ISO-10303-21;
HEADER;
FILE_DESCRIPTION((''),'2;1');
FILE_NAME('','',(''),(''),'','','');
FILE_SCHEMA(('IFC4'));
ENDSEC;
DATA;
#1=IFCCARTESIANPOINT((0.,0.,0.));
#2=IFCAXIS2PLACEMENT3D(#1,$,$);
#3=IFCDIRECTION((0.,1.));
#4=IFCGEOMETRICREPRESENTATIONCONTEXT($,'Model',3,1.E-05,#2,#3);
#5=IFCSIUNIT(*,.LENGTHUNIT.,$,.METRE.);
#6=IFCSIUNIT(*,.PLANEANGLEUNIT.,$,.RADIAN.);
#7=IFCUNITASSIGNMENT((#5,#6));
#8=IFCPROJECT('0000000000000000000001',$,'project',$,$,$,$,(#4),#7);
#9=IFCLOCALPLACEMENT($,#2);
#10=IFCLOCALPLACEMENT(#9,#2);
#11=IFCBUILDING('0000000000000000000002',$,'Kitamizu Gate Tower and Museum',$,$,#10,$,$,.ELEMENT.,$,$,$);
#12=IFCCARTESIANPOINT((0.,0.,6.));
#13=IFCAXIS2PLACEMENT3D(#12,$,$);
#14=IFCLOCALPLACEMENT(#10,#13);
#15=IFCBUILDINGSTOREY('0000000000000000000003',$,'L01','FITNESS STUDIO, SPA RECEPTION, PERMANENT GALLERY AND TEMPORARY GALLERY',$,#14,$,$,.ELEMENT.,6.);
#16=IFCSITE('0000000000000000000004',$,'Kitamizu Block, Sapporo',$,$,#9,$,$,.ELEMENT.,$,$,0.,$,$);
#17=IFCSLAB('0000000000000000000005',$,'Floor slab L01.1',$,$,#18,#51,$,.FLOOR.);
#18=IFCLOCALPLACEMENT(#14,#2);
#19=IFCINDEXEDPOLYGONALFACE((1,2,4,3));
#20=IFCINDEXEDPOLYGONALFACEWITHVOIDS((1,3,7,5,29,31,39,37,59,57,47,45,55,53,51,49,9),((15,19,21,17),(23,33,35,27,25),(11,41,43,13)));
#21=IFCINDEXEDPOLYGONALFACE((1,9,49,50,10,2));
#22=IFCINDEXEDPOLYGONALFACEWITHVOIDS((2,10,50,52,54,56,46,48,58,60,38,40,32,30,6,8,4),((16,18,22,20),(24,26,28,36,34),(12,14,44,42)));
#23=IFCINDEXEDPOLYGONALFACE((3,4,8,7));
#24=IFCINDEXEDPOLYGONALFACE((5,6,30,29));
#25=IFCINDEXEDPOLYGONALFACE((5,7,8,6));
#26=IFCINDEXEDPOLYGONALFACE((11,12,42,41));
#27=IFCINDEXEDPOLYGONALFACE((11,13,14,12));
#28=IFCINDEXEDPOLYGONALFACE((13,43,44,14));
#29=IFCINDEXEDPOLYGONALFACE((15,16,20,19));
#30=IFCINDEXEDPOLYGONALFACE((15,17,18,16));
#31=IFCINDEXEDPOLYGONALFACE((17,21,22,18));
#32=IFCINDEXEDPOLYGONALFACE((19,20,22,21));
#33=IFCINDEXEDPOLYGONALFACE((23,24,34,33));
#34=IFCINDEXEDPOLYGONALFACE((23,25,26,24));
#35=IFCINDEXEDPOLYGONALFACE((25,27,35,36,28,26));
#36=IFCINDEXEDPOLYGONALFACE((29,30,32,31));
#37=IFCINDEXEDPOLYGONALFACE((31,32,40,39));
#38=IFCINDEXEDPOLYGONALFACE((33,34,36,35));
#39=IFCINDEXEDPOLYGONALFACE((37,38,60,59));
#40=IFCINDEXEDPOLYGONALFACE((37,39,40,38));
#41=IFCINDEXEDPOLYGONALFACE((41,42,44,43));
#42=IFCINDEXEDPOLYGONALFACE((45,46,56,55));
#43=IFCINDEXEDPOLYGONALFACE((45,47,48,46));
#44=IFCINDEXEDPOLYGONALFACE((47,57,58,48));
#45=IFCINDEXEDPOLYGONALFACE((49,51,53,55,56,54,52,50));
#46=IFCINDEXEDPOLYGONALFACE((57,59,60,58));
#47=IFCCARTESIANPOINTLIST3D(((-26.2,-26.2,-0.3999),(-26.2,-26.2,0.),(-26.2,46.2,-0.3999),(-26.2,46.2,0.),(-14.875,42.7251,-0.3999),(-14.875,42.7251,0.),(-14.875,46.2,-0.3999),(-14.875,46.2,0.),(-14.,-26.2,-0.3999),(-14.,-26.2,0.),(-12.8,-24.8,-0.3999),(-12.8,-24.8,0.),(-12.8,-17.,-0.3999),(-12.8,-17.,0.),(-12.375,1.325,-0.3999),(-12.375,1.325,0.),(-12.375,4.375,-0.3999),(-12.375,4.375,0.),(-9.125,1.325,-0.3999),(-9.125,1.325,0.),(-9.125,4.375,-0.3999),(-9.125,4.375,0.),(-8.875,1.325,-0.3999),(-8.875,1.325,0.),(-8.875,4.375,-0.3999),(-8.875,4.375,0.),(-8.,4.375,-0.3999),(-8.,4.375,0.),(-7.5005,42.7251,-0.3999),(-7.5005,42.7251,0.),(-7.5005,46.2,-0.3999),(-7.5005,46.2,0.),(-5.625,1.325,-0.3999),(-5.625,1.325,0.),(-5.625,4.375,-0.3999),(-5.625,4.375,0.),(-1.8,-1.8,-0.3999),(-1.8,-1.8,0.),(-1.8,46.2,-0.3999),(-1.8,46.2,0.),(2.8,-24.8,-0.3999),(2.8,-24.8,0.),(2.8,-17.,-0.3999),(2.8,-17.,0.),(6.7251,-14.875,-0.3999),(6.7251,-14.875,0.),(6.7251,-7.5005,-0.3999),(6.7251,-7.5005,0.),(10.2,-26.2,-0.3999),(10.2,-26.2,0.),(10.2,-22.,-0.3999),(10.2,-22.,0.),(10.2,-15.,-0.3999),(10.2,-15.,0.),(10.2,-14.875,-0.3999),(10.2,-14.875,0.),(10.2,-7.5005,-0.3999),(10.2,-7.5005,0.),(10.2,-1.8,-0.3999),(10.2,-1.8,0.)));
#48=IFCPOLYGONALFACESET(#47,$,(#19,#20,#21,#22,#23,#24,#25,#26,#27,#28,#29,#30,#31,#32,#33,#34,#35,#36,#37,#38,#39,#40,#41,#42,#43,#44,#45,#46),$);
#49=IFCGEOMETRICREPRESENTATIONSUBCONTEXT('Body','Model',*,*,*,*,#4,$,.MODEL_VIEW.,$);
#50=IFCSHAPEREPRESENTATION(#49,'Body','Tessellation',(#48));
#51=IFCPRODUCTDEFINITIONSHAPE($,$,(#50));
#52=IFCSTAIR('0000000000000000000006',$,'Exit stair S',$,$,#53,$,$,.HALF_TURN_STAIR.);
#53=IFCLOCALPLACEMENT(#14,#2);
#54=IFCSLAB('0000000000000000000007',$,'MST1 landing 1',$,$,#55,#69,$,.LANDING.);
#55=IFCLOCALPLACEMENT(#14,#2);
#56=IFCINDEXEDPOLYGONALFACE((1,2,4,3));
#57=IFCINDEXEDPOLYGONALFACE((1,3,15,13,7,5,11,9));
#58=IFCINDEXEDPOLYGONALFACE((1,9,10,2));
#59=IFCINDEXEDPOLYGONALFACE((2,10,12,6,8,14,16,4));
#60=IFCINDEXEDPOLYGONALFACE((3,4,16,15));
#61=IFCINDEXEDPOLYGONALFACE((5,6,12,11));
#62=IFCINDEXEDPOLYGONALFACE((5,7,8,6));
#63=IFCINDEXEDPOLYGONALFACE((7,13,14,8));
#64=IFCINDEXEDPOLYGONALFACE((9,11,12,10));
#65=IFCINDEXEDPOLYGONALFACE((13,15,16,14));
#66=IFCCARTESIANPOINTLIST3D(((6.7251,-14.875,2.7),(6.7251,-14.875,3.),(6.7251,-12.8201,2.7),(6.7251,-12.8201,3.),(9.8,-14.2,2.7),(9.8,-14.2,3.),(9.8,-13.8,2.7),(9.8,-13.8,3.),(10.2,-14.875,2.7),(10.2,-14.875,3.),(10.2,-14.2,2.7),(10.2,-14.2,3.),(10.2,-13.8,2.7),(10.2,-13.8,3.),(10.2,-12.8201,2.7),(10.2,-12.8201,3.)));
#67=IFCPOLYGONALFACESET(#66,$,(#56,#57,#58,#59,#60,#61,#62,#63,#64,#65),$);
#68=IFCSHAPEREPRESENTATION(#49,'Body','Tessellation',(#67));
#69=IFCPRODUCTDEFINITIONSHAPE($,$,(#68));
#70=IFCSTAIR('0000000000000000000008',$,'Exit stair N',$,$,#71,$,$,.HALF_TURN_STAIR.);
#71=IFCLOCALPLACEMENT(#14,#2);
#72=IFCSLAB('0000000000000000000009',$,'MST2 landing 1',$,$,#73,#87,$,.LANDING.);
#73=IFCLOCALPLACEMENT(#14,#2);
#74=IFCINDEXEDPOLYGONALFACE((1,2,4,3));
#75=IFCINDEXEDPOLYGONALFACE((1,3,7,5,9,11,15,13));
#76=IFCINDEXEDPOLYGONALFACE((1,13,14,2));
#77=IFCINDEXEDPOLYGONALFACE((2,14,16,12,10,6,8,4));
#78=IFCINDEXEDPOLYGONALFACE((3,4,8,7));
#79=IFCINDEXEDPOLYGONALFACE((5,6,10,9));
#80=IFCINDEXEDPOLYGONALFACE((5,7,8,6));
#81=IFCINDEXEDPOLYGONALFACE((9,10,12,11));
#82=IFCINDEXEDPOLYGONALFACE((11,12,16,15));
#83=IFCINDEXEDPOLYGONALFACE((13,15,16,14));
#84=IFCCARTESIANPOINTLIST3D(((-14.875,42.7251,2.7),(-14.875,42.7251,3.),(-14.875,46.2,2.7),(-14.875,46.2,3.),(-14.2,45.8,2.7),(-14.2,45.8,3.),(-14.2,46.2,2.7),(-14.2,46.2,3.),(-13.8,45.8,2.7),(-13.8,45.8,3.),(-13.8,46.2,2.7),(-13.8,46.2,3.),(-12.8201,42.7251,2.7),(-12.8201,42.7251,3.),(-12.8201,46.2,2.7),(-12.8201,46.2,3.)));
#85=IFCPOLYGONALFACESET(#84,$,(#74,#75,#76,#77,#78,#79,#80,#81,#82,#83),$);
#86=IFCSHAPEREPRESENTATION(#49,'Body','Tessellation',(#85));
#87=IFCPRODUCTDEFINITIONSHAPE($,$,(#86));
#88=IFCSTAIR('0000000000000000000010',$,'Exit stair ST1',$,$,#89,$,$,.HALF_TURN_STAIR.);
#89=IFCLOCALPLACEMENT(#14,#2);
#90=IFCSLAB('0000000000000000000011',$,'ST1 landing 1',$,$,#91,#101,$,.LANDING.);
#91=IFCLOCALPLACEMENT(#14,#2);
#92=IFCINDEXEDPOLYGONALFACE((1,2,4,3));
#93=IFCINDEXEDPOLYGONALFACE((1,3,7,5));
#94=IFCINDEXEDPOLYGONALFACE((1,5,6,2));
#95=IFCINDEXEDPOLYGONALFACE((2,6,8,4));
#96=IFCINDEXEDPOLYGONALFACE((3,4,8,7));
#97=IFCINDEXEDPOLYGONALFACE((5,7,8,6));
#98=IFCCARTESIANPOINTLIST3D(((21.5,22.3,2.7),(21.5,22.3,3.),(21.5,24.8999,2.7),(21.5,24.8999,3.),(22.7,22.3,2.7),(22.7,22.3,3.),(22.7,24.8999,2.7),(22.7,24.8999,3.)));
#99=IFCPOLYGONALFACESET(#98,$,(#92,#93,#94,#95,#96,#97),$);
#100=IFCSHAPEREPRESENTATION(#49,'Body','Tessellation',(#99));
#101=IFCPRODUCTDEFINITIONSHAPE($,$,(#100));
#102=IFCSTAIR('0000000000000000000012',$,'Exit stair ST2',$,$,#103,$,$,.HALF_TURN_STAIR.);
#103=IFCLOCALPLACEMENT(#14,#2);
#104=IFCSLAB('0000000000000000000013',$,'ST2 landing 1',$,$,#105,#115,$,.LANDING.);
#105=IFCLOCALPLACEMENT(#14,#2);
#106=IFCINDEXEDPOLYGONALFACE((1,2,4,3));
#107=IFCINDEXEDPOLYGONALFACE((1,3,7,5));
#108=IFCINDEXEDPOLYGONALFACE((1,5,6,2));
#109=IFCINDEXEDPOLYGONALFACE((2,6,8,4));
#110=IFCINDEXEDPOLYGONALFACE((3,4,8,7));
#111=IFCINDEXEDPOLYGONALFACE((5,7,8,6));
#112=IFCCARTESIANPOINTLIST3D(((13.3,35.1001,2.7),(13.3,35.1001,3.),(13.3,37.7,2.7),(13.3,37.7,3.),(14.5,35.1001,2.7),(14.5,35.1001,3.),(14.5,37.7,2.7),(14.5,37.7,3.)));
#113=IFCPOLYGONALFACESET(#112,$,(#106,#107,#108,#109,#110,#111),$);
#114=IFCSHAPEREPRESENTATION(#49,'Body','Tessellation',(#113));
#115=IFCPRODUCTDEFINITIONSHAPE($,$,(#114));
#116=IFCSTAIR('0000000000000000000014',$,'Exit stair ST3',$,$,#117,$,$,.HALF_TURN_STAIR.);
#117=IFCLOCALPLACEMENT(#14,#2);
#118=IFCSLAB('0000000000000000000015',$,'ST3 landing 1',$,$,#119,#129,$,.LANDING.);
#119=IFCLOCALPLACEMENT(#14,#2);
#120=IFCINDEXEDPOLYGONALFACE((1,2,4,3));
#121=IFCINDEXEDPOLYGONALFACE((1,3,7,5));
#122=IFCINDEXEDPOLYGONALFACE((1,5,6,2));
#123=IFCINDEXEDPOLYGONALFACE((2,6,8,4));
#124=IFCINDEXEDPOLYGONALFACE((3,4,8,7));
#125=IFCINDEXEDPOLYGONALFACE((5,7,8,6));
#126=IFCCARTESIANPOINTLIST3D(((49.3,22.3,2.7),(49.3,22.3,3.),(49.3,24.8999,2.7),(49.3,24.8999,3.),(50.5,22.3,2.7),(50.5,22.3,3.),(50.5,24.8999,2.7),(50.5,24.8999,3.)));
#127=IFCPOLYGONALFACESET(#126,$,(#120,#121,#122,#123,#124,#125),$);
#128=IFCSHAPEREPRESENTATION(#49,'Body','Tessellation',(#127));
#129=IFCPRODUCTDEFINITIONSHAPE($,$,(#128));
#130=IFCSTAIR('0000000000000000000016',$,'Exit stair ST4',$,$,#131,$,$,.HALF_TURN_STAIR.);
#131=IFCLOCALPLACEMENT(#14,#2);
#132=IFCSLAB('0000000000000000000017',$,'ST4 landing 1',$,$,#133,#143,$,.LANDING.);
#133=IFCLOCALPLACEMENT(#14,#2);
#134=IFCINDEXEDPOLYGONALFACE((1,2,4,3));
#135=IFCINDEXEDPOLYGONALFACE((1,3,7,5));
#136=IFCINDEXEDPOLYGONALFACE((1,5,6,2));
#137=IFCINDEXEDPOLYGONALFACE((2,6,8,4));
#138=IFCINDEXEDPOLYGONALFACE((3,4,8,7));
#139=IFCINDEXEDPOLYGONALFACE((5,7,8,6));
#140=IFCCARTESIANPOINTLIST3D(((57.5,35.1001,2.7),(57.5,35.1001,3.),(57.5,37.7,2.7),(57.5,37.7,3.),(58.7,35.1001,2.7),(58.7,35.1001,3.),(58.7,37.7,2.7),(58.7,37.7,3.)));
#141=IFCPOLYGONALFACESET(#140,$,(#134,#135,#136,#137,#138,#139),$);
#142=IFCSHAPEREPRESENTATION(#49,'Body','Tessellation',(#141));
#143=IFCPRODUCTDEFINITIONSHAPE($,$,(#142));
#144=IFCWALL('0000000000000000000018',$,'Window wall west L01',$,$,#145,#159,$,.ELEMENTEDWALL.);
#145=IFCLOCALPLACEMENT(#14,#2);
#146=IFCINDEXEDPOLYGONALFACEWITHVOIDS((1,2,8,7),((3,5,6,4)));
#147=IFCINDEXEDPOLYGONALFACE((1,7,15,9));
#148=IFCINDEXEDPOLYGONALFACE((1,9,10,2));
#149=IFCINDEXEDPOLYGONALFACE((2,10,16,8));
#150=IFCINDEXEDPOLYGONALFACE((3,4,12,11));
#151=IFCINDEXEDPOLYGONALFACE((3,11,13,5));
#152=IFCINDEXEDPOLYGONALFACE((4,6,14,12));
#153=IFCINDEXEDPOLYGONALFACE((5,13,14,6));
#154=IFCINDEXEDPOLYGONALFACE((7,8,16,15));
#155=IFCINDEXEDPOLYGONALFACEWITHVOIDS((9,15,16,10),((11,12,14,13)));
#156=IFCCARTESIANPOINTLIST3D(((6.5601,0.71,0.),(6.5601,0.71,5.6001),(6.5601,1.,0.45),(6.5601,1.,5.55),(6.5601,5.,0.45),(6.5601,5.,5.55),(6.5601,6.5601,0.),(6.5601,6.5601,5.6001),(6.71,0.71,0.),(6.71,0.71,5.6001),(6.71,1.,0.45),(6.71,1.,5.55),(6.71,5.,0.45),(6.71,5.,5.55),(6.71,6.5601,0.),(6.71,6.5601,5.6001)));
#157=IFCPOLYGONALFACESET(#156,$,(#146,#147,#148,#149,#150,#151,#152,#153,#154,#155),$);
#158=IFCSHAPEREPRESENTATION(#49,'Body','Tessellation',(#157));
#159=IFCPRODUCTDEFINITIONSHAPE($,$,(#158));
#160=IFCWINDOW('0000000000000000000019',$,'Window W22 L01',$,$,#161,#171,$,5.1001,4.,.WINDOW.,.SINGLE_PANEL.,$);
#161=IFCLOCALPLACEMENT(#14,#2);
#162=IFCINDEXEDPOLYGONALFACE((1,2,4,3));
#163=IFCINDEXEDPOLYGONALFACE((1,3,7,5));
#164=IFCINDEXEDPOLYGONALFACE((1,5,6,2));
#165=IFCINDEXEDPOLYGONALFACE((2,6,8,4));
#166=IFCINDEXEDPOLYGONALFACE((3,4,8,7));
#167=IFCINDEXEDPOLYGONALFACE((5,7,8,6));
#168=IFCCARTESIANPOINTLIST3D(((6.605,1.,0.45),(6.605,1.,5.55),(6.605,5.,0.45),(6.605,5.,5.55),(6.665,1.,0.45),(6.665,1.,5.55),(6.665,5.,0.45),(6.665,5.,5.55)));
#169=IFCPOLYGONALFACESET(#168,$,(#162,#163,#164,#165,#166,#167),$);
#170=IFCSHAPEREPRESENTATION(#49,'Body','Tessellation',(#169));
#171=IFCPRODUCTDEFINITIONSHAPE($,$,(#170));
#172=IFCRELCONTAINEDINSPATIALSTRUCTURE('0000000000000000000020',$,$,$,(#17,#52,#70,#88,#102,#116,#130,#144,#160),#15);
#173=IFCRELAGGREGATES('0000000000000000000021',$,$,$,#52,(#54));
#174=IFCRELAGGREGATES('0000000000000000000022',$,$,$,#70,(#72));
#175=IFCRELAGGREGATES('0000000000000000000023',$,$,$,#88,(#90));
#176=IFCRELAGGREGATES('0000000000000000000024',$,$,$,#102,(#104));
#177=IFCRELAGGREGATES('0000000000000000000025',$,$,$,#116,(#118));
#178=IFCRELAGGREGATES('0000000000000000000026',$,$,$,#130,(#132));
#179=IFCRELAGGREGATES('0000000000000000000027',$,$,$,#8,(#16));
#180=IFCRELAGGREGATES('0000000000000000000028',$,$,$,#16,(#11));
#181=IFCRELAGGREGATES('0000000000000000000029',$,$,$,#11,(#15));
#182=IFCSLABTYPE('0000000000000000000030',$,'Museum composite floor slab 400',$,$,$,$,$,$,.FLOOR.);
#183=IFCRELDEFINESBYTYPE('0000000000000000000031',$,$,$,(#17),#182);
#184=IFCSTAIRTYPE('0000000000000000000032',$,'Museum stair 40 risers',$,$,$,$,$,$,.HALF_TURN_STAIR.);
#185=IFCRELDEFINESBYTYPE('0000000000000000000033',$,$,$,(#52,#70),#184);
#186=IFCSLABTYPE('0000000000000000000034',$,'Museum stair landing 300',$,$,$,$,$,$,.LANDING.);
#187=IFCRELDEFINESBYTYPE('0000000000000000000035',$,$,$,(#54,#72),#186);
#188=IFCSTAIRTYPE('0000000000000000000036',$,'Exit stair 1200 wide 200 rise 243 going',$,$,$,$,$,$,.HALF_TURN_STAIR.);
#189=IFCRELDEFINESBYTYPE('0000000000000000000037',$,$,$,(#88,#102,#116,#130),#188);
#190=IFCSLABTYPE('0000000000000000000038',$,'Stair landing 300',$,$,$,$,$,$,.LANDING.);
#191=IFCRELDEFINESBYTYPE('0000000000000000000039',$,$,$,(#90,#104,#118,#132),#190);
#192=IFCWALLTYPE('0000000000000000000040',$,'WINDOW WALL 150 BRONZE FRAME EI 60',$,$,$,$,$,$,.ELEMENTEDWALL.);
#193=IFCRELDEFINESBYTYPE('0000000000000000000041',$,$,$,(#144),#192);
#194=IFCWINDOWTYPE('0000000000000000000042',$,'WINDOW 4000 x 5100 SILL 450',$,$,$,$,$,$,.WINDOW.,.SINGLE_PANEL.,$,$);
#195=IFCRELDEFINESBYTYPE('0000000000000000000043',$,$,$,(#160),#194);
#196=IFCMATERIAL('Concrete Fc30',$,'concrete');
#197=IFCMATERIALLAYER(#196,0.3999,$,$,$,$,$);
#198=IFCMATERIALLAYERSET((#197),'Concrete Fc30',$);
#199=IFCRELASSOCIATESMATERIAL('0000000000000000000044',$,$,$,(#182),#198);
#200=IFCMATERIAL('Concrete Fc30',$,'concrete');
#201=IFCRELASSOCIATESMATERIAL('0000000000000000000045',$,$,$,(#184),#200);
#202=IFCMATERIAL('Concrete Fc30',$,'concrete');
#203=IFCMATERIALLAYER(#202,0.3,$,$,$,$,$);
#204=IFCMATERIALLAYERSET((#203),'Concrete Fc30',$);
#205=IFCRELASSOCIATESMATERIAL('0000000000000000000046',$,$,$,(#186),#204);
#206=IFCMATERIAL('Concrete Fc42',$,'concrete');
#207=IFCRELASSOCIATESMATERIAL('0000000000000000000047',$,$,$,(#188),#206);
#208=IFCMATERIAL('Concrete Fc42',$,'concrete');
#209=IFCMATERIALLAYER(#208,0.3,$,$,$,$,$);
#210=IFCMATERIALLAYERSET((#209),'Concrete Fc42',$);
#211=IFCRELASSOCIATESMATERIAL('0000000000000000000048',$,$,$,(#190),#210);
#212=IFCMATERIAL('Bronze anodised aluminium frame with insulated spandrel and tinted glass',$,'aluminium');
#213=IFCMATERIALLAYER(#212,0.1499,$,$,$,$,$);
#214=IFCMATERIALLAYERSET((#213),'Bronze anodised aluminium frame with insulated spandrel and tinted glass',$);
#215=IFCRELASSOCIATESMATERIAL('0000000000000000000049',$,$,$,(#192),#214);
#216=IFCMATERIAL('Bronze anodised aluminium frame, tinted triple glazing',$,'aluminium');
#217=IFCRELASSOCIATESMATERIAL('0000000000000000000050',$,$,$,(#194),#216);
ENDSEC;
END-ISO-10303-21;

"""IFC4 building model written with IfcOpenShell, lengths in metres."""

from ifc_helpers import new_model, si_unit, direction, frame, frame_2d, origin, place, context, subcontext, project, spatial, polyline, rectangle, outline, extrude, material, layer, layer_set, type_object, element, fill, aggregate, save


model = new_model("IFC4")

# Units and contexts
model_context = context("Model", 3, precision=1e-05, world=origin(), true_north=direction((0.0, 1.0)))
body_context = subcontext(model_context, "Body", "Model", "MODEL_VIEW")
ifc_project = project(units=[si_unit("LENGTHUNIT", "METRE"), si_unit("PLANEANGLEUNIT", "RADIAN")], contexts=[model_context])

# Site, building, storey
site_placement = place(None, origin())
site = spatial("IfcSite", under=ifc_project, at=site_placement, Name="Kitamizu Block, Sapporo", CompositionType="ELEMENT", RefElevation=0.0)
building_placement = place(site_placement, origin())
building = spatial("IfcBuilding", under=site, at=building_placement, Name="Kitamizu Gate Tower and Museum", CompositionType="ELEMENT")
storey_placement = place(building_placement, frame((0.0, 0.0, 6.0)))
storey = spatial("IfcBuildingStorey", under=building, at=storey_placement, Name="L01", Description="FITNESS STUDIO, SPA RECEPTION, PERMANENT GALLERY AND TEMPORARY GALLERY", CompositionType="ELEMENT", Elevation=6.0)

# Slab
ifc_material_1 = material(Name="Concrete Fc30", Category="concrete")
ifc_layer_1 = layer(ifc_material_1, 0.3999)
ifc_layer_set_1 = layer_set([ifc_layer_1], Name="Concrete Fc30")
slab_type_1 = type_object("IfcSlabType", Name="Museum composite floor slab 400", PredefinedType="FLOOR", material=ifc_layer_set_1)
slab_1_placement = place(storey_placement, frame((0.0, 0.0, -0.3999)))
element("IfcSlab", 1, at=slab_1_placement, inside=storey, type_object=slab_type_1, Name="Floor slab L01.1", PredefinedType="FLOOR", context=body_context, shape_type="SweptSolid", body=[
    extrude(outline(polyline([(-14.875, 42.7251), (-7.5005, 42.7251), (-7.5005, 46.2), (-1.8, 46.2), (-1.8, -1.8), (10.2, -1.8), (10.2, -7.5005), (6.7251, -7.5005), (6.7251, -14.875), (10.2, -14.875), (10.2, -15.0), (10.2, -22.0), (10.2, -26.2), (-14.0, -26.2), (-26.2, -26.2), (-26.2, 46.2), (-14.875, 46.2), (-14.875, 42.7251)]), holes=[polyline([(2.8, -24.8), (2.8, -17.0), (-12.8, -17.0), (-12.8, -24.8), (2.8, -24.8)]), polyline([(-8.875, 1.325), (-5.625, 1.325), (-5.625, 4.375), (-8.0, 4.375), (-8.875, 4.375), (-8.875, 1.325)]), polyline([(-12.375, 1.325), (-9.125, 1.325), (-9.125, 4.375), (-12.375, 4.375), (-12.375, 1.325)])]), origin(), (0.0, 0.0, 1.0), 0.3999),
])

# Stairs, slabs
ifc_material_2 = material(Name="Concrete Fc30", Category="concrete")
stair_type_1 = type_object("IfcStairType", Name="Museum stair 40 risers", PredefinedType="HALF_TURN_STAIR", material=ifc_material_2)
stair_1_placement = place(storey_placement, origin())
stair_1 = element("IfcStair", 2, at=stair_1_placement, inside=storey, type_object=stair_type_1, Name="Exit stair S", PredefinedType="HALF_TURN_STAIR")
ifc_material_3 = material(Name="Concrete Fc30", Category="concrete")
ifc_layer_2 = layer(ifc_material_3, 0.3)
ifc_layer_set_2 = layer_set([ifc_layer_2], Name="Concrete Fc30")
slab_type_2 = type_object("IfcSlabType", Name="Museum stair landing 300", PredefinedType="LANDING", material=ifc_layer_set_2)
slab_2_placement = place(storey_placement, frame((0.0, 0.0, 2.7)))
slab_2 = element("IfcSlab", 3, at=slab_2_placement, type_object=slab_type_2, Name="MST1 landing 1", PredefinedType="LANDING", context=body_context, shape_type="SweptSolid", body=[
    extrude(outline(polyline([(10.2, -14.875), (6.7251, -14.875), (6.7251, -12.8201), (10.2, -12.8201), (10.2, -13.8), (9.8, -13.8), (9.8, -14.2), (10.2, -14.2), (10.2, -14.875)])), origin(), (0.0, 0.0, 1.0), 0.3),
])
aggregate(stair_1, [slab_2])
stair_2_placement = place(storey_placement, origin())
stair_2 = element("IfcStair", 4, at=stair_2_placement, inside=storey, type_object=stair_type_1, Name="Exit stair N", PredefinedType="HALF_TURN_STAIR")
slab_3_placement = place(storey_placement, frame((0.0, 0.0, 2.7)))
slab_3 = element("IfcSlab", 5, at=slab_3_placement, type_object=slab_type_2, Name="MST2 landing 1", PredefinedType="LANDING", context=body_context, shape_type="SweptSolid", body=[
    extrude(outline(polyline([(-12.8201, 46.2), (-12.8201, 42.7251), (-14.875, 42.7251), (-14.875, 46.2), (-14.2, 46.2), (-14.2, 45.8), (-13.8, 45.8), (-13.8, 46.2), (-12.8201, 46.2)])), origin(), (0.0, 0.0, 1.0), 0.3),
])
aggregate(stair_2, [slab_3])
ifc_material_4 = material(Name="Concrete Fc42", Category="concrete")
stair_type_2 = type_object("IfcStairType", Name="Exit stair 1200 wide 200 rise 243 going", PredefinedType="HALF_TURN_STAIR", material=ifc_material_4)
stair_3_placement = place(storey_placement, origin())
stair_3 = element("IfcStair", 6, at=stair_3_placement, inside=storey, type_object=stair_type_2, Name="Exit stair ST1", PredefinedType="HALF_TURN_STAIR")
ifc_material_5 = material(Name="Concrete Fc42", Category="concrete")
ifc_layer_3 = layer(ifc_material_5, 0.3)
ifc_layer_set_3 = layer_set([ifc_layer_3], Name="Concrete Fc42")
slab_type_3 = type_object("IfcSlabType", Name="Stair landing 300", PredefinedType="LANDING", material=ifc_layer_set_3)
slab_4_placement = place(storey_placement, frame((0.0, 0.0, 2.7)))
slab_4 = element("IfcSlab", 7, at=slab_4_placement, type_object=slab_type_3, Name="ST1 landing 1", PredefinedType="LANDING", context=body_context, shape_type="SweptSolid", body=[
    extrude(outline(polyline([(21.5, 22.3), (22.7, 22.3), (22.7, 24.8999), (21.5, 24.8999), (21.5, 22.3)])), origin(), (0.0, 0.0, 1.0), 0.3),
])
aggregate(stair_3, [slab_4])
stair_4_placement = place(storey_placement, origin())
stair_4 = element("IfcStair", 8, at=stair_4_placement, inside=storey, type_object=stair_type_2, Name="Exit stair ST2", PredefinedType="HALF_TURN_STAIR")
slab_5_placement = place(storey_placement, frame((0.0, 0.0, 2.7)))
slab_5 = element("IfcSlab", 9, at=slab_5_placement, type_object=slab_type_3, Name="ST2 landing 1", PredefinedType="LANDING", context=body_context, shape_type="SweptSolid", body=[
    extrude(outline(polyline([(13.3, 35.1001), (14.5, 35.1001), (14.5, 37.7), (13.3, 37.7), (13.3, 35.1001)])), origin(), (0.0, 0.0, 1.0), 0.3),
])
aggregate(stair_4, [slab_5])
stair_5_placement = place(storey_placement, origin())
stair_5 = element("IfcStair", 10, at=stair_5_placement, inside=storey, type_object=stair_type_2, Name="Exit stair ST3", PredefinedType="HALF_TURN_STAIR")
slab_6_placement = place(storey_placement, frame((0.0, 0.0, 2.7)))
slab_6 = element("IfcSlab", 11, at=slab_6_placement, type_object=slab_type_3, Name="ST3 landing 1", PredefinedType="LANDING", context=body_context, shape_type="SweptSolid", body=[
    extrude(outline(polyline([(49.3, 22.3), (50.5, 22.3), (50.5, 24.8999), (49.3, 24.8999), (49.3, 22.3)])), origin(), (0.0, 0.0, 1.0), 0.3),
])
aggregate(stair_5, [slab_6])
stair_6_placement = place(storey_placement, origin())
stair_6 = element("IfcStair", 12, at=stair_6_placement, inside=storey, type_object=stair_type_2, Name="Exit stair ST4", PredefinedType="HALF_TURN_STAIR")
slab_7_placement = place(storey_placement, frame((0.0, 0.0, 2.7)))
slab_7 = element("IfcSlab", 13, at=slab_7_placement, type_object=slab_type_3, Name="ST4 landing 1", PredefinedType="LANDING", context=body_context, shape_type="SweptSolid", body=[
    extrude(outline(polyline([(57.5, 35.1001), (58.7, 35.1001), (58.7, 37.7), (57.5, 37.7), (57.5, 35.1001)])), origin(), (0.0, 0.0, 1.0), 0.3),
])
aggregate(stair_6, [slab_7])

# Wall, opening, window
ifc_material_6 = material(Name="Bronze anodised aluminium frame with insulated spandrel and tinted glass", Category="aluminium")
ifc_layer_4 = layer(ifc_material_6, 0.1499)
ifc_layer_set_4 = layer_set([ifc_layer_4], Name="Bronze anodised aluminium frame with insulated spandrel and tinted glass")
wall_type = type_object("IfcWallType", Name="WINDOW WALL 150 BRONZE FRAME EI 60", PredefinedType="ELEMENTEDWALL", material=ifc_layer_set_4)
wall_1_placement = place(storey_placement, frame((6.635, 0.71, 0.0), z_axis=(0.0, 0.0, 1.0), x_axis=(0.0, 1.0, 0.0)))
wall_1 = element("IfcWall", 14, at=wall_1_placement, inside=storey, type_object=wall_type, Name="Window wall west L01", PredefinedType="ELEMENTEDWALL", context=body_context, shape_type="SweptSolid", body=[
    extrude(rectangle(XDim=5.8501, YDim=0.1499, at=frame_2d((2.925, 0.0))), origin(), (0.0, 0.0, 1.0), 5.6001),
])
opening_1_placement = place(wall_1_placement, frame((0.29, 0.0, 0.45)))
opening_1 = element("IfcOpeningElement", 15, at=opening_1_placement, cuts=wall_1, PredefinedType="OPENING", context=body_context, shape_type="SweptSolid", body=[
    extrude(rectangle(XDim=4.0, YDim=5.1001, at=frame_2d((2.0, 2.55))), frame((0.0, 0.085, 0.0), z_axis=(0.0, -1.0, 0.0), x_axis=(1.0, 0.0, 0.0)), (0.0, 0.0, 1.0), 0.1699),
])
ifc_material_7 = material(Name="Bronze anodised aluminium frame, tinted triple glazing", Category="aluminium")
window_type_1 = type_object("IfcWindowType", Name="WINDOW 4000 x 5100 SILL 450", PartitioningType="SINGLE_PANEL", PredefinedType="WINDOW", material=ifc_material_7)
window_1_placement = place(opening_1_placement, origin())
window_1 = element("IfcWindow", 16, at=window_1_placement, inside=storey, type_object=window_type_1, Name="Window W22 L01", OverallHeight=5.1001, OverallWidth=4.0, PartitioningType="SINGLE_PANEL", PredefinedType="WINDOW", context=body_context, shape_type="SweptSolid", body=[
    extrude(rectangle(XDim=4.0, YDim=5.1001, at=frame_2d((2.0, 2.55))), frame((0.0, 0.03, 0.0), z_axis=(0.0, -1.0, 0.0), x_axis=(1.0, 0.0, 0.0)), (0.0, 0.0, 1.0), 0.0601),
])
fill(opening_1, window_1)

save(model, "model.ifc")
